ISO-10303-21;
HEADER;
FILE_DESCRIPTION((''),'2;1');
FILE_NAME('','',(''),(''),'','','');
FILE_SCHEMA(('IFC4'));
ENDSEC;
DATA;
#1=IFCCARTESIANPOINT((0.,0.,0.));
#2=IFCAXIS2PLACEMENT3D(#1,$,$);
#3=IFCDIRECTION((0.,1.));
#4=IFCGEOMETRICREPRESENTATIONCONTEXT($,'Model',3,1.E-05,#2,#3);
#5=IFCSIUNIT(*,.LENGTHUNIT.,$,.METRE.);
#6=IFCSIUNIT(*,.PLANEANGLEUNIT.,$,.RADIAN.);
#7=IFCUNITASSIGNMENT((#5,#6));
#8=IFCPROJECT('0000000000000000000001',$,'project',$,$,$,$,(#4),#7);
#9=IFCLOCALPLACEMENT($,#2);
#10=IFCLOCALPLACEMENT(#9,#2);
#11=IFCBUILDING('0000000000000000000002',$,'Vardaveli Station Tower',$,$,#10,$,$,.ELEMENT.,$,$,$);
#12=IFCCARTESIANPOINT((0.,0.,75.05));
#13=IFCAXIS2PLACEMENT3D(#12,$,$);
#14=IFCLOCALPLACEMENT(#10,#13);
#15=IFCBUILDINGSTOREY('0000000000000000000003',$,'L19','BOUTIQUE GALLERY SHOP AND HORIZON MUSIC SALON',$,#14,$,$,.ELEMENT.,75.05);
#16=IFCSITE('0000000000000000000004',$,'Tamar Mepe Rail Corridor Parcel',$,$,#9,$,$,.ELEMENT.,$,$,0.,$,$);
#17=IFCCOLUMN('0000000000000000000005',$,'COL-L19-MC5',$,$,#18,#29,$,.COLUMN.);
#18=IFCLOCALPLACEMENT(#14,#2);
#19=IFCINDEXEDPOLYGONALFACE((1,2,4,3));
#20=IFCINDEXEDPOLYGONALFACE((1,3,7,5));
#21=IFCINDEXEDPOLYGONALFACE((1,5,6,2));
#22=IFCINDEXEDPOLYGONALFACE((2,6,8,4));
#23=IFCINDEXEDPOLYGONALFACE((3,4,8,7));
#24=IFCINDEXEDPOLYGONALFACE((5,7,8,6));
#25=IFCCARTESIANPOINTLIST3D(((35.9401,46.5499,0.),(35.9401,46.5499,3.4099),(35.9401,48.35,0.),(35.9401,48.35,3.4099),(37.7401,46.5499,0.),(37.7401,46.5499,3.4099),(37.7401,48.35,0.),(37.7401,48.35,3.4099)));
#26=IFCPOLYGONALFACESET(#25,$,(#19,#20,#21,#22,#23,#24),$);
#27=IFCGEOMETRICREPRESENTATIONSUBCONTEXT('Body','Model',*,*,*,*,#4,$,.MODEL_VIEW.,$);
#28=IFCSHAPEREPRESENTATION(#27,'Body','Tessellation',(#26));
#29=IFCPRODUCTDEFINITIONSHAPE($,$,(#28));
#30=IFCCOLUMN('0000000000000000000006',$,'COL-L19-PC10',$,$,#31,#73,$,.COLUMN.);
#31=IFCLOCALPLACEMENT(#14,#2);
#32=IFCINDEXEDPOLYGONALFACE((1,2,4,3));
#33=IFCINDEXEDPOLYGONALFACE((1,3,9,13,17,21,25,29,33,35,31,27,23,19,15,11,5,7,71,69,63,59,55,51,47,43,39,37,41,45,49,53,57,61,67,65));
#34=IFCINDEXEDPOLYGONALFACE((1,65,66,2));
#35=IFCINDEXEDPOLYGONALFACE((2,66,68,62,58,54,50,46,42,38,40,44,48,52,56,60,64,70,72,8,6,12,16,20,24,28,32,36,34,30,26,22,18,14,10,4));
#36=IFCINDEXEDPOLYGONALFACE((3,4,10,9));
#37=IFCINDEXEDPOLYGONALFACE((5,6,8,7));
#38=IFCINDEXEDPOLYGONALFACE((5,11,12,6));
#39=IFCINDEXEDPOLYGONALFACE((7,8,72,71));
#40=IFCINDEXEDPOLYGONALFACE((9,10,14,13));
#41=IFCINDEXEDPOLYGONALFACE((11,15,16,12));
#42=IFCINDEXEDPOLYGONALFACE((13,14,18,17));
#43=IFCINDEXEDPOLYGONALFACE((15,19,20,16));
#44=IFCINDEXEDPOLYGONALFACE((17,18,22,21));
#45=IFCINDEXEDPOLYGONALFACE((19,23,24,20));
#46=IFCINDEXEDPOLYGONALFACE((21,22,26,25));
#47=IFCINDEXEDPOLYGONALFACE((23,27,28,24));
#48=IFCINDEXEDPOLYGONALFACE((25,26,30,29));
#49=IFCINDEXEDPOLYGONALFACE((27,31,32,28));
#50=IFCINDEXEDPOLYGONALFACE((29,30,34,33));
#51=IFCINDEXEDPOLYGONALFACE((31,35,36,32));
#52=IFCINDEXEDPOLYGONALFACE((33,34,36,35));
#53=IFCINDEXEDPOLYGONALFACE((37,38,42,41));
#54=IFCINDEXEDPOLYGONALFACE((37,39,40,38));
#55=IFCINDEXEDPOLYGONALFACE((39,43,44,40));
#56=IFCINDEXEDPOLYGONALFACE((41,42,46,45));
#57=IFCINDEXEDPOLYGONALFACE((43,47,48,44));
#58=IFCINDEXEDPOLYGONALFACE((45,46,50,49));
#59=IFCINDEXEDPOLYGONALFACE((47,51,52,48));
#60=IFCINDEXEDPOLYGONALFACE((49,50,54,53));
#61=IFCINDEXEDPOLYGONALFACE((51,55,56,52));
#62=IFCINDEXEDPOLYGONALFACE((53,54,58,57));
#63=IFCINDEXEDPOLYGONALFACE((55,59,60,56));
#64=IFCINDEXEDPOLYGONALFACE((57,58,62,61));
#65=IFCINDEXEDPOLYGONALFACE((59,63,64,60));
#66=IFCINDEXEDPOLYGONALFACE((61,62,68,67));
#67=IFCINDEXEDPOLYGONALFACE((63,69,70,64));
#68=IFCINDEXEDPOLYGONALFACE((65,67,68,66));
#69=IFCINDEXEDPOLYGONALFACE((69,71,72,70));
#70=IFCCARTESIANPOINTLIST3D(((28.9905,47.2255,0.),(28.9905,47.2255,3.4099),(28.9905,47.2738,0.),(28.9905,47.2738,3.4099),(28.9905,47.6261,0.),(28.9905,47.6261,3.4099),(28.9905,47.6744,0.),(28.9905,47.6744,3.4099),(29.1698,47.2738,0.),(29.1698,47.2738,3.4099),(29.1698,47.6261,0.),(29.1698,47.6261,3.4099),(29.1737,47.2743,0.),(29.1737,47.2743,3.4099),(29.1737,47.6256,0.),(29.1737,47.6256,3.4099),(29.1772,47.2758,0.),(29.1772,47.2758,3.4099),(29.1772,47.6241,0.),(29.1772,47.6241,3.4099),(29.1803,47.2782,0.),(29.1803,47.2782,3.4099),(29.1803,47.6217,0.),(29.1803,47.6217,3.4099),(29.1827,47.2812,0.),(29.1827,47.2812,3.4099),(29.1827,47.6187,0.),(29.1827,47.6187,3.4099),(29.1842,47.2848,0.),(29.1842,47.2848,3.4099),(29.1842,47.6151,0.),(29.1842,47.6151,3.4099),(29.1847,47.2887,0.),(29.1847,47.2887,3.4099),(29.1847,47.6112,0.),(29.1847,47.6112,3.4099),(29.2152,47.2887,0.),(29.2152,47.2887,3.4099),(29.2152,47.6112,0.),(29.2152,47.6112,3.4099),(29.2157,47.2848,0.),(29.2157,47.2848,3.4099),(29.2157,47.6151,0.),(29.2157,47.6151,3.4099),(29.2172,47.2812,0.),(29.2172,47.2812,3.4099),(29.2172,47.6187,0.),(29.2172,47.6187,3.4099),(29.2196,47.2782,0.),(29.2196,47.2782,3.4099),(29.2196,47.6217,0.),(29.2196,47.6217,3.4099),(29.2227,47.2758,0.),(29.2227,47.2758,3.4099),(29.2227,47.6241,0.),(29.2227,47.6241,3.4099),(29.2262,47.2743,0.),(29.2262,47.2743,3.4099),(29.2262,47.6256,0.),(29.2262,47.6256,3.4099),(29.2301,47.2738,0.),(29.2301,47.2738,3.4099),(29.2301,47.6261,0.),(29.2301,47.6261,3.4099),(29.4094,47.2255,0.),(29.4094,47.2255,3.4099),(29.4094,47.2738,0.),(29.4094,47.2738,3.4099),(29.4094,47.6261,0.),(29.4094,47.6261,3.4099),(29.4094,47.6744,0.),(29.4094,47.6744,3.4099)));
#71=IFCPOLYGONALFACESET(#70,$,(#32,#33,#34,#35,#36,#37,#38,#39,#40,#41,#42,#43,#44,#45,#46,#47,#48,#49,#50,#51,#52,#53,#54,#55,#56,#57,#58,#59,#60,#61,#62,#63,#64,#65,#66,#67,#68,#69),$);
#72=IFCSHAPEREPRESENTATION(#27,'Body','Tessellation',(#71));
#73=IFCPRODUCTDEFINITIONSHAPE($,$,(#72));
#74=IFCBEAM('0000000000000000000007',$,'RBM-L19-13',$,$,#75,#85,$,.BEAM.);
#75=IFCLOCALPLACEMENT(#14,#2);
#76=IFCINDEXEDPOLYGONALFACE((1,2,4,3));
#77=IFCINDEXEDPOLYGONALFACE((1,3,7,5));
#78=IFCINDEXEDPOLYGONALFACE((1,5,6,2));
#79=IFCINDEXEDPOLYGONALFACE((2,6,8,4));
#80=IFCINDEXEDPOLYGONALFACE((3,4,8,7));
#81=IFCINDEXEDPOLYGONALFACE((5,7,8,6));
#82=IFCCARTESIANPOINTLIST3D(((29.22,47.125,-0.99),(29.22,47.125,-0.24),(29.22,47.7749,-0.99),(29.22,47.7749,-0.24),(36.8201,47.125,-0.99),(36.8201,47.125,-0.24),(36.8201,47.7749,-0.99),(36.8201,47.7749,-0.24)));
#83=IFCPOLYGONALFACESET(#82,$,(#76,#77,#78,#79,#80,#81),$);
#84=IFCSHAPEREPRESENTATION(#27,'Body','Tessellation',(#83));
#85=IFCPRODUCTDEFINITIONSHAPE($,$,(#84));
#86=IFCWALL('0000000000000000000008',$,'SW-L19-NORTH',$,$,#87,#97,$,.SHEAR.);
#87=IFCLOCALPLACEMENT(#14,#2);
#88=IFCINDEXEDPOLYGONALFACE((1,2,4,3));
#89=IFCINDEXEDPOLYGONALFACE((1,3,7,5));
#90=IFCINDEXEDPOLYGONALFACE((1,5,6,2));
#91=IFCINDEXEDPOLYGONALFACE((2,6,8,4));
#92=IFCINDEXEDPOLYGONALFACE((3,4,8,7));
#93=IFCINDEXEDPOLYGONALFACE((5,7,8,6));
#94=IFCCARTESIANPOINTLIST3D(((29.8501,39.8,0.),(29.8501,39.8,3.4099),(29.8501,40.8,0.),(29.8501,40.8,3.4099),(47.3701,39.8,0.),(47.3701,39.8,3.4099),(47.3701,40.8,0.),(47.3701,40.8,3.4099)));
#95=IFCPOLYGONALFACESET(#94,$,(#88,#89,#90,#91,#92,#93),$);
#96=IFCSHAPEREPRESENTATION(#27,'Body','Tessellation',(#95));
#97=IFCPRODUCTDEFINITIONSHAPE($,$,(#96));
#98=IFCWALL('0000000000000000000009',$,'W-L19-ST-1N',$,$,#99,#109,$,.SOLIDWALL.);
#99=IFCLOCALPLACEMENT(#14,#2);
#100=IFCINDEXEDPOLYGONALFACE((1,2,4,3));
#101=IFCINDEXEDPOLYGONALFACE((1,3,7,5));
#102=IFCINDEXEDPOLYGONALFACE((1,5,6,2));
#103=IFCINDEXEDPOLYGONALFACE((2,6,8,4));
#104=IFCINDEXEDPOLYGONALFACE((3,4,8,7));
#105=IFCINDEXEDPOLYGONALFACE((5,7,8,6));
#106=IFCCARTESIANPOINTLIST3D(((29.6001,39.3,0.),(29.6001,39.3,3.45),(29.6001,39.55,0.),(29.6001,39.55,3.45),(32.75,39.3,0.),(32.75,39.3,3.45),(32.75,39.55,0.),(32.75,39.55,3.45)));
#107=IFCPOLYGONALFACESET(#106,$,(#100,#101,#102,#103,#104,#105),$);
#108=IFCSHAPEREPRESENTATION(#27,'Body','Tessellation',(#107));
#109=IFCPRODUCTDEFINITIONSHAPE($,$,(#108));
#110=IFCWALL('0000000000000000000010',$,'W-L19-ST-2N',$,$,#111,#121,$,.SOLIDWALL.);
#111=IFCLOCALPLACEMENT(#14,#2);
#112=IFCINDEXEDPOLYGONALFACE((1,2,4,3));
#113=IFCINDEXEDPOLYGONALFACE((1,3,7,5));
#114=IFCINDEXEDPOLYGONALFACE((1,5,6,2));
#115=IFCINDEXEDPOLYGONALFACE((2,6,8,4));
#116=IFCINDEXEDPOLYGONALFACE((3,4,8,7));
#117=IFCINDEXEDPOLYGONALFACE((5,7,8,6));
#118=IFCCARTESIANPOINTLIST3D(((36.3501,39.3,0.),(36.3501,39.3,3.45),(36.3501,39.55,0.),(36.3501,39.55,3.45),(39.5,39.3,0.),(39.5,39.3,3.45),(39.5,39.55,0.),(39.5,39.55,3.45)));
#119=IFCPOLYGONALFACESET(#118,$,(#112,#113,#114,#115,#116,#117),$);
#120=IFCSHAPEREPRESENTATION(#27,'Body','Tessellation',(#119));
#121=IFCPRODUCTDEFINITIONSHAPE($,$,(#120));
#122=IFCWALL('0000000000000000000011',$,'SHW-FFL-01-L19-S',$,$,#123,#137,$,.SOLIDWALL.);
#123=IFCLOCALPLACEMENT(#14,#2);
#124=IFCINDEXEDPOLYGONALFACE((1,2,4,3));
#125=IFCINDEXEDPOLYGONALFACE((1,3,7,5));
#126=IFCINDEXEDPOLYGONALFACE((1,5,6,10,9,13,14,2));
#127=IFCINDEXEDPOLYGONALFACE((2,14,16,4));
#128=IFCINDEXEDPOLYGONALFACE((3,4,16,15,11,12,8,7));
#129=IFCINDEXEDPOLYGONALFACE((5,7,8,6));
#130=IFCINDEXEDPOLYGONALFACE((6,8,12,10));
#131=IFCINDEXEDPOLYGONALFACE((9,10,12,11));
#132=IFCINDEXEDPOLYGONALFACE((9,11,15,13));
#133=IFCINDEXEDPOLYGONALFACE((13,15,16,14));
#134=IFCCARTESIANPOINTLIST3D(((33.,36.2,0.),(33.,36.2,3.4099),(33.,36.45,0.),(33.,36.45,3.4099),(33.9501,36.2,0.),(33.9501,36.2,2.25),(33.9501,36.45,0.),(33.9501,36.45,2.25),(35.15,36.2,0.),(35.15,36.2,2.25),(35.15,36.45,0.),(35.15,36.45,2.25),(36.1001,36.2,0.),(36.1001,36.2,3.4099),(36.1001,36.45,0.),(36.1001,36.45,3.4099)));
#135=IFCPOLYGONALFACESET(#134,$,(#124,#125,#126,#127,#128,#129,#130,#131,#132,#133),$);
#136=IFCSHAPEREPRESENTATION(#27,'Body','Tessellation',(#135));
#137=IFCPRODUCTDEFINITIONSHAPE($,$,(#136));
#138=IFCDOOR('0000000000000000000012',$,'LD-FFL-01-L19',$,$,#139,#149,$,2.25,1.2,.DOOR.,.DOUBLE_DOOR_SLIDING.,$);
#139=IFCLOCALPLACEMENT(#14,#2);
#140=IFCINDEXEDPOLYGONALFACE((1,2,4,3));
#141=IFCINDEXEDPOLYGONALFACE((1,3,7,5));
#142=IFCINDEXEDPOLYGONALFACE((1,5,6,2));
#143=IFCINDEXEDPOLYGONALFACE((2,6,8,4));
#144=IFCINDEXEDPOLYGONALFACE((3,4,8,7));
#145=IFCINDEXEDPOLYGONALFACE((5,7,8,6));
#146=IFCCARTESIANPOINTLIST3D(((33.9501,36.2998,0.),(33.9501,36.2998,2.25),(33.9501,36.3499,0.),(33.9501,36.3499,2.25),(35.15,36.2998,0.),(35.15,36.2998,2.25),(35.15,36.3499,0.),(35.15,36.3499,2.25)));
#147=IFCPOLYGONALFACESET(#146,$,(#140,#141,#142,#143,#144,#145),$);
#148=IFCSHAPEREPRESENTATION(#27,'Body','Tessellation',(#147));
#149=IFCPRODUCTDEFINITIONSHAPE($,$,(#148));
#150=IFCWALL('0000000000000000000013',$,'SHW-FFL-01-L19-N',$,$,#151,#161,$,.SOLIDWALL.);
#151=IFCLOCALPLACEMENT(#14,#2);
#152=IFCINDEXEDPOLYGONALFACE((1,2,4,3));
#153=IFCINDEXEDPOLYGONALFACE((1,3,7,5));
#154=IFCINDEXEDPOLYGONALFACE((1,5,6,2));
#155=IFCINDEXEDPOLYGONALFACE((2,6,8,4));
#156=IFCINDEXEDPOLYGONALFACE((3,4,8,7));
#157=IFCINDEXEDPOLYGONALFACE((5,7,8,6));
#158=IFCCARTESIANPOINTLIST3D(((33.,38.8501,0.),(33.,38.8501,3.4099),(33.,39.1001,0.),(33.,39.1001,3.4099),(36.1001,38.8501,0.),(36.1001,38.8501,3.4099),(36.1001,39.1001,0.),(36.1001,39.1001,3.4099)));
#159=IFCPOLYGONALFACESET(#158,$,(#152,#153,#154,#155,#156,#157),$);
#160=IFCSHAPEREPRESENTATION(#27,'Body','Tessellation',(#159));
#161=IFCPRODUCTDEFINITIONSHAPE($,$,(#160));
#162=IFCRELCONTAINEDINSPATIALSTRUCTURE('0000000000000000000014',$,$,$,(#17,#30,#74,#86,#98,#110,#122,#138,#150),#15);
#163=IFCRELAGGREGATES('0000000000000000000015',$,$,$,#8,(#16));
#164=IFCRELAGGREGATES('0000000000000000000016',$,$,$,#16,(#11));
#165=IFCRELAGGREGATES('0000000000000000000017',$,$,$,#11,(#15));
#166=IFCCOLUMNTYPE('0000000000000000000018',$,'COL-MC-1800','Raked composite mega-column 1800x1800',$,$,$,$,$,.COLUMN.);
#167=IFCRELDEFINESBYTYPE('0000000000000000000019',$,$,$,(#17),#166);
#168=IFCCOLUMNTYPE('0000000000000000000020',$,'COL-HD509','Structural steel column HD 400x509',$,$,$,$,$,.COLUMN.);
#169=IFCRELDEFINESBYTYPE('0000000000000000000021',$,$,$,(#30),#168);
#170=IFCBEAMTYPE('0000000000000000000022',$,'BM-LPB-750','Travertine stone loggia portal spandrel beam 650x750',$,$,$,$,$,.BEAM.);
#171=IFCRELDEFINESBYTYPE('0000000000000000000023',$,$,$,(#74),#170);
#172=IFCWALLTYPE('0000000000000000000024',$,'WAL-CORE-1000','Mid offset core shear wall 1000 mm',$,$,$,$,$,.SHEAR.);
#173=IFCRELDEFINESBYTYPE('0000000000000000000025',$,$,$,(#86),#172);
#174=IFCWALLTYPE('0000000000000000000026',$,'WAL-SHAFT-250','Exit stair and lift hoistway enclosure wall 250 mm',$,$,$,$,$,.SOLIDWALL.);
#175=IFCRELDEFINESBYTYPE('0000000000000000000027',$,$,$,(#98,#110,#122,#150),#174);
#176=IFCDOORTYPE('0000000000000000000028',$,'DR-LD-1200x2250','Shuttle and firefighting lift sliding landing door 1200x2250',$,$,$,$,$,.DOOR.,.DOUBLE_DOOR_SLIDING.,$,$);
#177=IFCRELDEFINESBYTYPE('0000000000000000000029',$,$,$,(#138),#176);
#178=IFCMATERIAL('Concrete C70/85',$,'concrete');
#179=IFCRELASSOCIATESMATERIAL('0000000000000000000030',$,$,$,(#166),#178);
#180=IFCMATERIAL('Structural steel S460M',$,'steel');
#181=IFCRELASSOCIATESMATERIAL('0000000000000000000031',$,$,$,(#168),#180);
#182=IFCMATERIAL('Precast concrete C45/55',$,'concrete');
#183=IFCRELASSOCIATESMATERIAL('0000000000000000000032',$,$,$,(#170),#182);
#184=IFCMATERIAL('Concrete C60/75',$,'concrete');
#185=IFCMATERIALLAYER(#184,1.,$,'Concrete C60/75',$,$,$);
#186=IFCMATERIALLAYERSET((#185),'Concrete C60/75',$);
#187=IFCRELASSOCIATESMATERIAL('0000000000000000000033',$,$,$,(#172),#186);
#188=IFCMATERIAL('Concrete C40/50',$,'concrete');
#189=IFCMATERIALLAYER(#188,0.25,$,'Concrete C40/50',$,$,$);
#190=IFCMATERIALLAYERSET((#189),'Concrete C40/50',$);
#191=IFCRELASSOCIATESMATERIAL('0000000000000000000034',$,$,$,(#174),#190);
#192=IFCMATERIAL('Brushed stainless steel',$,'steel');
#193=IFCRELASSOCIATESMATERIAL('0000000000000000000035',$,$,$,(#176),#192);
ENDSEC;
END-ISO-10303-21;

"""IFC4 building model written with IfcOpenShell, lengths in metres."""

from ifc_helpers import new_model, si_unit, direction, frame, frame_2d, origin, origin_2d, place, context, subcontext, project, spatial, rectangle, i_section, extrude, source, transform, mapped, material, layer, layer_set, material_profile, profile_set, type_object, element, fill, save


model = new_model("IFC4")

# Units and contexts
model_context = context("Model", 3, precision=1e-05, world=origin(), true_north=direction((0.0, 1.0)))
body_context = subcontext(model_context, "Body", "Model", "MODEL_VIEW")
ifc_project = project(units=[si_unit("LENGTHUNIT", "METRE"), si_unit("PLANEANGLEUNIT", "RADIAN")], contexts=[model_context])

# Site, building, storey
site_placement = place(None, origin())
site = spatial("IfcSite", under=ifc_project, at=site_placement, Name="Tamar Mepe Rail Corridor Parcel", CompositionType="ELEMENT", RefElevation=0.0)
building_placement = place(site_placement, origin())
building = spatial("IfcBuilding", under=site, at=building_placement, Name="Vardaveli Station Tower", CompositionType="ELEMENT")
storey_placement = place(building_placement, frame((0.0, 0.0, 75.05)))
storey = spatial("IfcBuildingStorey", under=building, at=storey_placement, Name="L19", Description="BOUTIQUE GALLERY SHOP AND HORIZON MUSIC SALON", CompositionType="ELEMENT", Elevation=75.05)

# Columns
ifc_material_1 = material(Name="Concrete C70/85", Category="concrete")
ifc_material_profile_1 = material_profile(ifc_material_1, rectangle(XDim=1.8, YDim=1.8, at=origin_2d()), Name="MC 1800x1800")
ifc_profile_set_1 = profile_set([ifc_material_profile_1], Name="Concrete C70/85")
column_type_1 = type_object("IfcColumnType", Name="COL-MC-1800", Description="Raked composite mega-column 1800x1800", PredefinedType="COLUMN", material=ifc_profile_set_1)
shared_shape_1 = source(origin(), body_context, "Body", "SweptSolid", [
    extrude(rectangle(XDim=1.8, YDim=1.8, at=origin_2d()), origin(), (0.0, 0.0, 1.0), 3.4099),
])
column_1_placement = place(storey_placement, frame((36.8401, 47.45, 0.0), z_axis=(0.0, 0.0, 1.0), x_axis=(1.0, 0.0, 0.0)))
element("IfcColumn", 1, at=column_1_placement, inside=storey, type_object=column_type_1, Name="COL-L19-MC5", PredefinedType="COLUMN", context=body_context, shape_type="MappedRepresentation", body=[
    mapped(shared_shape_1, transform((0.0, 0.0, 0.0), scale=1.0)),
])
ifc_material_2 = material(Name="Structural steel S460M", Category="steel")
ifc_material_profile_2 = material_profile(ifc_material_2, i_section(OverallWidth=0.4189, OverallDepth=0.449, WebThickness=0.0305, FlangeThickness=0.0483, FilletRadius=0.0149, at=origin_2d()), Name="HD 400x509")
ifc_profile_set_2 = profile_set([ifc_material_profile_2], Name="Structural steel S460M")
column_type_2 = type_object("IfcColumnType", Name="COL-HD509", Description="Structural steel column HD 400x509", PredefinedType="COLUMN", material=ifc_profile_set_2)
shared_shape_2 = source(origin(), body_context, "Body", "SweptSolid", [
    extrude(i_section(OverallWidth=0.4189, OverallDepth=0.449, WebThickness=0.0305, FlangeThickness=0.0483, FilletRadius=0.0149, at=origin_2d()), origin(), (0.0, 0.0, 1.0), 3.4099),
])
column_2_placement = place(storey_placement, frame((29.2, 47.45, 0.0), z_axis=(0.0, 0.0, 1.0), x_axis=(1.0, 0.0, 0.0)))
element("IfcColumn", 2, at=column_2_placement, inside=storey, type_object=column_type_2, Name="COL-L19-PC10", PredefinedType="COLUMN", context=body_context, shape_type="MappedRepresentation", body=[
    mapped(shared_shape_2, transform((0.0, 0.0, 0.0), scale=1.0)),
])

# Beam
ifc_material_3 = material(Name="Precast concrete C45/55", Category="concrete")
ifc_material_profile_3 = material_profile(ifc_material_3, rectangle(XDim=0.6499, YDim=0.75, at=origin_2d()), Name="LPB 650x750")
ifc_profile_set_3 = profile_set([ifc_material_profile_3], Name="Precast concrete C45/55")
beam_type = type_object("IfcBeamType", Name="BM-LPB-750", Description="Travertine stone loggia portal spandrel beam 650x750", PredefinedType="BEAM", material=ifc_profile_set_3)
shared_shape_3 = source(origin(), body_context, "Body", "SweptSolid", [
    extrude(rectangle(XDim=0.6499, YDim=0.75, at=origin_2d()), origin(), (0.0, 0.0, 1.0), 7.6001),
])
beam_placement = place(storey_placement, frame((36.8201, 47.45, -0.615), z_axis=(-1.0, 0.0, 0.0), x_axis=(0.0, -1.0, 0.0)))
element("IfcBeam", 3, at=beam_placement, inside=storey, type_object=beam_type, Name="RBM-L19-13", PredefinedType="BEAM", context=body_context, shape_type="MappedRepresentation", body=[
    mapped(shared_shape_3, transform((0.0, 0.0, 0.0), scale=1.0)),
])

# Walls
ifc_material_4 = material(Name="Concrete C60/75", Category="concrete")
ifc_layer_1 = layer(ifc_material_4, 1.0, Name="Concrete C60/75")
ifc_layer_set_1 = layer_set([ifc_layer_1], Name="Concrete C60/75")
wall_type_1 = type_object("IfcWallType", Name="WAL-CORE-1000", Description="Mid offset core shear wall 1000 mm", PredefinedType="SHEAR", material=ifc_layer_set_1)
shared_shape_4 = source(origin(), body_context, "Body", "SweptSolid", [
    extrude(rectangle(XDim=17.52, YDim=1.0, at=frame_2d((8.76, 0.0))), origin(), (0.0, 0.0, 1.0), 3.4099),
])
wall_1_placement = place(storey_placement, frame((29.8501, 40.3, 0.0), z_axis=(0.0, 0.0, 1.0), x_axis=(1.0, 0.0, 0.0)))
element("IfcWall", 4, at=wall_1_placement, inside=storey, type_object=wall_type_1, Name="SW-L19-NORTH", PredefinedType="SHEAR", context=body_context, shape_type="MappedRepresentation", body=[
    mapped(shared_shape_4, transform((0.0, 0.0, 0.0), scale=1.0)),
])
ifc_material_5 = material(Name="Concrete C40/50", Category="concrete")
ifc_layer_2 = layer(ifc_material_5, 0.25, Name="Concrete C40/50")
ifc_layer_set_2 = layer_set([ifc_layer_2], Name="Concrete C40/50")
wall_type_2 = type_object("IfcWallType", Name="WAL-SHAFT-250", Description="Exit stair and lift hoistway enclosure wall 250 mm", PredefinedType="SOLIDWALL", material=ifc_layer_set_2)
shared_shape_5 = source(origin(), body_context, "Body", "SweptSolid", [
    extrude(rectangle(XDim=3.1499, YDim=0.25, at=frame_2d((1.575, 0.0))), origin(), (0.0, 0.0, 1.0), 3.45),
])
for number, where, z_axis, x_axis, name in (
    (5, (29.6001, 39.425, 0.0), (0.0, 0.0, 1.0), (1.0, 0.0, 0.0), "W-L19-ST-1N"),
    (6, (36.3501, 39.425, 0.0), (0.0, 0.0, 1.0), (1.0, 0.0, 0.0), "W-L19-ST-2N"),
):
    element("IfcWall", number, at=place(storey_placement, frame(where, z_axis=z_axis, x_axis=x_axis)), inside=storey, type_object=wall_type_2, Name=name, PredefinedType="SOLIDWALL", context=body_context, shape_type="MappedRepresentation", body=[
        mapped(shared_shape_5, transform((0.0, 0.0, 0.0), scale=1.0)),
    ])

# Wall, opening, door
shared_shape_6 = source(origin(), body_context, "Body", "SweptSolid", [
    extrude(rectangle(XDim=3.1001, YDim=0.25, at=frame_2d((1.55, 0.0))), origin(), (0.0, 0.0, 1.0), 3.4099),
])
wall_2_placement = place(storey_placement, frame((33.0, 36.325, 0.0), z_axis=(0.0, 0.0, 1.0), x_axis=(1.0, 0.0, 0.0)))
wall_2 = element("IfcWall", 7, at=wall_2_placement, inside=storey, type_object=wall_type_2, Name="SHW-FFL-01-L19-S", PredefinedType="SOLIDWALL", context=body_context, shape_type="MappedRepresentation", body=[
    mapped(shared_shape_6, transform((0.0, 0.0, 0.0), scale=1.0)),
])
shared_shape_7 = source(origin(), body_context, "Body", "SweptSolid", [
    extrude(rectangle(XDim=1.2, YDim=2.25, at=frame_2d((0.6001, 1.125))), frame((0.0, 0.135, 0.0), z_axis=(0.0, -1.0, 0.0), x_axis=(1.0, 0.0, 0.0)), (0.0, 0.0, 1.0), 0.27),
])
opening_1_placement = place(wall_2_placement, frame((0.95, 0.0, 0.0)))
opening_1 = element("IfcOpeningElement", 8, at=opening_1_placement, cuts=wall_2, PredefinedType="OPENING", context=body_context, shape_type="MappedRepresentation", body=[
    mapped(shared_shape_7, transform((0.0, 0.0, 0.0), scale=1.0)),
])
ifc_material_6 = material(Name="Brushed stainless steel", Category="steel")
door_type = type_object("IfcDoorType", Name="DR-LD-1200x2250", Description="Shuttle and firefighting lift sliding landing door 1200x2250", OperationType="DOUBLE_DOOR_SLIDING", PredefinedType="DOOR", material=ifc_material_6)
shared_shape_8 = source(origin(), body_context, "Body", "SweptSolid", [
    extrude(rectangle(XDim=1.2, YDim=2.25, at=frame_2d((0.6001, 1.125))), frame((0.0, 0.0249, 0.0), z_axis=(0.0, -1.0, 0.0), x_axis=(1.0, 0.0, 0.0)), (0.0, 0.0, 1.0), 0.05),
])
door_1_placement = place(opening_1_placement, origin())
door_1 = element("IfcDoor", 9, at=door_1_placement, inside=storey, type_object=door_type, Name="LD-FFL-01-L19", OperationType="DOUBLE_DOOR_SLIDING", OverallHeight=2.25, OverallWidth=1.2, PredefinedType="DOOR", context=body_context, shape_type="MappedRepresentation", body=[
    mapped(shared_shape_8, transform((0.0, 0.0, 0.0), scale=1.0)),
])
fill(opening_1, door_1)

# Wall
wall_3_placement = place(storey_placement, frame((33.0, 38.9751, 0.0), z_axis=(0.0, 0.0, 1.0), x_axis=(1.0, 0.0, 0.0)))
element("IfcWall", 10, at=wall_3_placement, inside=storey, type_object=wall_type_2, Name="SHW-FFL-01-L19-N", PredefinedType="SOLIDWALL", context=body_context, shape_type="MappedRepresentation", body=[
    mapped(shared_shape_6, transform((0.0, 0.0, 0.0), scale=1.0)),
])

save(model, "model.ifc")
